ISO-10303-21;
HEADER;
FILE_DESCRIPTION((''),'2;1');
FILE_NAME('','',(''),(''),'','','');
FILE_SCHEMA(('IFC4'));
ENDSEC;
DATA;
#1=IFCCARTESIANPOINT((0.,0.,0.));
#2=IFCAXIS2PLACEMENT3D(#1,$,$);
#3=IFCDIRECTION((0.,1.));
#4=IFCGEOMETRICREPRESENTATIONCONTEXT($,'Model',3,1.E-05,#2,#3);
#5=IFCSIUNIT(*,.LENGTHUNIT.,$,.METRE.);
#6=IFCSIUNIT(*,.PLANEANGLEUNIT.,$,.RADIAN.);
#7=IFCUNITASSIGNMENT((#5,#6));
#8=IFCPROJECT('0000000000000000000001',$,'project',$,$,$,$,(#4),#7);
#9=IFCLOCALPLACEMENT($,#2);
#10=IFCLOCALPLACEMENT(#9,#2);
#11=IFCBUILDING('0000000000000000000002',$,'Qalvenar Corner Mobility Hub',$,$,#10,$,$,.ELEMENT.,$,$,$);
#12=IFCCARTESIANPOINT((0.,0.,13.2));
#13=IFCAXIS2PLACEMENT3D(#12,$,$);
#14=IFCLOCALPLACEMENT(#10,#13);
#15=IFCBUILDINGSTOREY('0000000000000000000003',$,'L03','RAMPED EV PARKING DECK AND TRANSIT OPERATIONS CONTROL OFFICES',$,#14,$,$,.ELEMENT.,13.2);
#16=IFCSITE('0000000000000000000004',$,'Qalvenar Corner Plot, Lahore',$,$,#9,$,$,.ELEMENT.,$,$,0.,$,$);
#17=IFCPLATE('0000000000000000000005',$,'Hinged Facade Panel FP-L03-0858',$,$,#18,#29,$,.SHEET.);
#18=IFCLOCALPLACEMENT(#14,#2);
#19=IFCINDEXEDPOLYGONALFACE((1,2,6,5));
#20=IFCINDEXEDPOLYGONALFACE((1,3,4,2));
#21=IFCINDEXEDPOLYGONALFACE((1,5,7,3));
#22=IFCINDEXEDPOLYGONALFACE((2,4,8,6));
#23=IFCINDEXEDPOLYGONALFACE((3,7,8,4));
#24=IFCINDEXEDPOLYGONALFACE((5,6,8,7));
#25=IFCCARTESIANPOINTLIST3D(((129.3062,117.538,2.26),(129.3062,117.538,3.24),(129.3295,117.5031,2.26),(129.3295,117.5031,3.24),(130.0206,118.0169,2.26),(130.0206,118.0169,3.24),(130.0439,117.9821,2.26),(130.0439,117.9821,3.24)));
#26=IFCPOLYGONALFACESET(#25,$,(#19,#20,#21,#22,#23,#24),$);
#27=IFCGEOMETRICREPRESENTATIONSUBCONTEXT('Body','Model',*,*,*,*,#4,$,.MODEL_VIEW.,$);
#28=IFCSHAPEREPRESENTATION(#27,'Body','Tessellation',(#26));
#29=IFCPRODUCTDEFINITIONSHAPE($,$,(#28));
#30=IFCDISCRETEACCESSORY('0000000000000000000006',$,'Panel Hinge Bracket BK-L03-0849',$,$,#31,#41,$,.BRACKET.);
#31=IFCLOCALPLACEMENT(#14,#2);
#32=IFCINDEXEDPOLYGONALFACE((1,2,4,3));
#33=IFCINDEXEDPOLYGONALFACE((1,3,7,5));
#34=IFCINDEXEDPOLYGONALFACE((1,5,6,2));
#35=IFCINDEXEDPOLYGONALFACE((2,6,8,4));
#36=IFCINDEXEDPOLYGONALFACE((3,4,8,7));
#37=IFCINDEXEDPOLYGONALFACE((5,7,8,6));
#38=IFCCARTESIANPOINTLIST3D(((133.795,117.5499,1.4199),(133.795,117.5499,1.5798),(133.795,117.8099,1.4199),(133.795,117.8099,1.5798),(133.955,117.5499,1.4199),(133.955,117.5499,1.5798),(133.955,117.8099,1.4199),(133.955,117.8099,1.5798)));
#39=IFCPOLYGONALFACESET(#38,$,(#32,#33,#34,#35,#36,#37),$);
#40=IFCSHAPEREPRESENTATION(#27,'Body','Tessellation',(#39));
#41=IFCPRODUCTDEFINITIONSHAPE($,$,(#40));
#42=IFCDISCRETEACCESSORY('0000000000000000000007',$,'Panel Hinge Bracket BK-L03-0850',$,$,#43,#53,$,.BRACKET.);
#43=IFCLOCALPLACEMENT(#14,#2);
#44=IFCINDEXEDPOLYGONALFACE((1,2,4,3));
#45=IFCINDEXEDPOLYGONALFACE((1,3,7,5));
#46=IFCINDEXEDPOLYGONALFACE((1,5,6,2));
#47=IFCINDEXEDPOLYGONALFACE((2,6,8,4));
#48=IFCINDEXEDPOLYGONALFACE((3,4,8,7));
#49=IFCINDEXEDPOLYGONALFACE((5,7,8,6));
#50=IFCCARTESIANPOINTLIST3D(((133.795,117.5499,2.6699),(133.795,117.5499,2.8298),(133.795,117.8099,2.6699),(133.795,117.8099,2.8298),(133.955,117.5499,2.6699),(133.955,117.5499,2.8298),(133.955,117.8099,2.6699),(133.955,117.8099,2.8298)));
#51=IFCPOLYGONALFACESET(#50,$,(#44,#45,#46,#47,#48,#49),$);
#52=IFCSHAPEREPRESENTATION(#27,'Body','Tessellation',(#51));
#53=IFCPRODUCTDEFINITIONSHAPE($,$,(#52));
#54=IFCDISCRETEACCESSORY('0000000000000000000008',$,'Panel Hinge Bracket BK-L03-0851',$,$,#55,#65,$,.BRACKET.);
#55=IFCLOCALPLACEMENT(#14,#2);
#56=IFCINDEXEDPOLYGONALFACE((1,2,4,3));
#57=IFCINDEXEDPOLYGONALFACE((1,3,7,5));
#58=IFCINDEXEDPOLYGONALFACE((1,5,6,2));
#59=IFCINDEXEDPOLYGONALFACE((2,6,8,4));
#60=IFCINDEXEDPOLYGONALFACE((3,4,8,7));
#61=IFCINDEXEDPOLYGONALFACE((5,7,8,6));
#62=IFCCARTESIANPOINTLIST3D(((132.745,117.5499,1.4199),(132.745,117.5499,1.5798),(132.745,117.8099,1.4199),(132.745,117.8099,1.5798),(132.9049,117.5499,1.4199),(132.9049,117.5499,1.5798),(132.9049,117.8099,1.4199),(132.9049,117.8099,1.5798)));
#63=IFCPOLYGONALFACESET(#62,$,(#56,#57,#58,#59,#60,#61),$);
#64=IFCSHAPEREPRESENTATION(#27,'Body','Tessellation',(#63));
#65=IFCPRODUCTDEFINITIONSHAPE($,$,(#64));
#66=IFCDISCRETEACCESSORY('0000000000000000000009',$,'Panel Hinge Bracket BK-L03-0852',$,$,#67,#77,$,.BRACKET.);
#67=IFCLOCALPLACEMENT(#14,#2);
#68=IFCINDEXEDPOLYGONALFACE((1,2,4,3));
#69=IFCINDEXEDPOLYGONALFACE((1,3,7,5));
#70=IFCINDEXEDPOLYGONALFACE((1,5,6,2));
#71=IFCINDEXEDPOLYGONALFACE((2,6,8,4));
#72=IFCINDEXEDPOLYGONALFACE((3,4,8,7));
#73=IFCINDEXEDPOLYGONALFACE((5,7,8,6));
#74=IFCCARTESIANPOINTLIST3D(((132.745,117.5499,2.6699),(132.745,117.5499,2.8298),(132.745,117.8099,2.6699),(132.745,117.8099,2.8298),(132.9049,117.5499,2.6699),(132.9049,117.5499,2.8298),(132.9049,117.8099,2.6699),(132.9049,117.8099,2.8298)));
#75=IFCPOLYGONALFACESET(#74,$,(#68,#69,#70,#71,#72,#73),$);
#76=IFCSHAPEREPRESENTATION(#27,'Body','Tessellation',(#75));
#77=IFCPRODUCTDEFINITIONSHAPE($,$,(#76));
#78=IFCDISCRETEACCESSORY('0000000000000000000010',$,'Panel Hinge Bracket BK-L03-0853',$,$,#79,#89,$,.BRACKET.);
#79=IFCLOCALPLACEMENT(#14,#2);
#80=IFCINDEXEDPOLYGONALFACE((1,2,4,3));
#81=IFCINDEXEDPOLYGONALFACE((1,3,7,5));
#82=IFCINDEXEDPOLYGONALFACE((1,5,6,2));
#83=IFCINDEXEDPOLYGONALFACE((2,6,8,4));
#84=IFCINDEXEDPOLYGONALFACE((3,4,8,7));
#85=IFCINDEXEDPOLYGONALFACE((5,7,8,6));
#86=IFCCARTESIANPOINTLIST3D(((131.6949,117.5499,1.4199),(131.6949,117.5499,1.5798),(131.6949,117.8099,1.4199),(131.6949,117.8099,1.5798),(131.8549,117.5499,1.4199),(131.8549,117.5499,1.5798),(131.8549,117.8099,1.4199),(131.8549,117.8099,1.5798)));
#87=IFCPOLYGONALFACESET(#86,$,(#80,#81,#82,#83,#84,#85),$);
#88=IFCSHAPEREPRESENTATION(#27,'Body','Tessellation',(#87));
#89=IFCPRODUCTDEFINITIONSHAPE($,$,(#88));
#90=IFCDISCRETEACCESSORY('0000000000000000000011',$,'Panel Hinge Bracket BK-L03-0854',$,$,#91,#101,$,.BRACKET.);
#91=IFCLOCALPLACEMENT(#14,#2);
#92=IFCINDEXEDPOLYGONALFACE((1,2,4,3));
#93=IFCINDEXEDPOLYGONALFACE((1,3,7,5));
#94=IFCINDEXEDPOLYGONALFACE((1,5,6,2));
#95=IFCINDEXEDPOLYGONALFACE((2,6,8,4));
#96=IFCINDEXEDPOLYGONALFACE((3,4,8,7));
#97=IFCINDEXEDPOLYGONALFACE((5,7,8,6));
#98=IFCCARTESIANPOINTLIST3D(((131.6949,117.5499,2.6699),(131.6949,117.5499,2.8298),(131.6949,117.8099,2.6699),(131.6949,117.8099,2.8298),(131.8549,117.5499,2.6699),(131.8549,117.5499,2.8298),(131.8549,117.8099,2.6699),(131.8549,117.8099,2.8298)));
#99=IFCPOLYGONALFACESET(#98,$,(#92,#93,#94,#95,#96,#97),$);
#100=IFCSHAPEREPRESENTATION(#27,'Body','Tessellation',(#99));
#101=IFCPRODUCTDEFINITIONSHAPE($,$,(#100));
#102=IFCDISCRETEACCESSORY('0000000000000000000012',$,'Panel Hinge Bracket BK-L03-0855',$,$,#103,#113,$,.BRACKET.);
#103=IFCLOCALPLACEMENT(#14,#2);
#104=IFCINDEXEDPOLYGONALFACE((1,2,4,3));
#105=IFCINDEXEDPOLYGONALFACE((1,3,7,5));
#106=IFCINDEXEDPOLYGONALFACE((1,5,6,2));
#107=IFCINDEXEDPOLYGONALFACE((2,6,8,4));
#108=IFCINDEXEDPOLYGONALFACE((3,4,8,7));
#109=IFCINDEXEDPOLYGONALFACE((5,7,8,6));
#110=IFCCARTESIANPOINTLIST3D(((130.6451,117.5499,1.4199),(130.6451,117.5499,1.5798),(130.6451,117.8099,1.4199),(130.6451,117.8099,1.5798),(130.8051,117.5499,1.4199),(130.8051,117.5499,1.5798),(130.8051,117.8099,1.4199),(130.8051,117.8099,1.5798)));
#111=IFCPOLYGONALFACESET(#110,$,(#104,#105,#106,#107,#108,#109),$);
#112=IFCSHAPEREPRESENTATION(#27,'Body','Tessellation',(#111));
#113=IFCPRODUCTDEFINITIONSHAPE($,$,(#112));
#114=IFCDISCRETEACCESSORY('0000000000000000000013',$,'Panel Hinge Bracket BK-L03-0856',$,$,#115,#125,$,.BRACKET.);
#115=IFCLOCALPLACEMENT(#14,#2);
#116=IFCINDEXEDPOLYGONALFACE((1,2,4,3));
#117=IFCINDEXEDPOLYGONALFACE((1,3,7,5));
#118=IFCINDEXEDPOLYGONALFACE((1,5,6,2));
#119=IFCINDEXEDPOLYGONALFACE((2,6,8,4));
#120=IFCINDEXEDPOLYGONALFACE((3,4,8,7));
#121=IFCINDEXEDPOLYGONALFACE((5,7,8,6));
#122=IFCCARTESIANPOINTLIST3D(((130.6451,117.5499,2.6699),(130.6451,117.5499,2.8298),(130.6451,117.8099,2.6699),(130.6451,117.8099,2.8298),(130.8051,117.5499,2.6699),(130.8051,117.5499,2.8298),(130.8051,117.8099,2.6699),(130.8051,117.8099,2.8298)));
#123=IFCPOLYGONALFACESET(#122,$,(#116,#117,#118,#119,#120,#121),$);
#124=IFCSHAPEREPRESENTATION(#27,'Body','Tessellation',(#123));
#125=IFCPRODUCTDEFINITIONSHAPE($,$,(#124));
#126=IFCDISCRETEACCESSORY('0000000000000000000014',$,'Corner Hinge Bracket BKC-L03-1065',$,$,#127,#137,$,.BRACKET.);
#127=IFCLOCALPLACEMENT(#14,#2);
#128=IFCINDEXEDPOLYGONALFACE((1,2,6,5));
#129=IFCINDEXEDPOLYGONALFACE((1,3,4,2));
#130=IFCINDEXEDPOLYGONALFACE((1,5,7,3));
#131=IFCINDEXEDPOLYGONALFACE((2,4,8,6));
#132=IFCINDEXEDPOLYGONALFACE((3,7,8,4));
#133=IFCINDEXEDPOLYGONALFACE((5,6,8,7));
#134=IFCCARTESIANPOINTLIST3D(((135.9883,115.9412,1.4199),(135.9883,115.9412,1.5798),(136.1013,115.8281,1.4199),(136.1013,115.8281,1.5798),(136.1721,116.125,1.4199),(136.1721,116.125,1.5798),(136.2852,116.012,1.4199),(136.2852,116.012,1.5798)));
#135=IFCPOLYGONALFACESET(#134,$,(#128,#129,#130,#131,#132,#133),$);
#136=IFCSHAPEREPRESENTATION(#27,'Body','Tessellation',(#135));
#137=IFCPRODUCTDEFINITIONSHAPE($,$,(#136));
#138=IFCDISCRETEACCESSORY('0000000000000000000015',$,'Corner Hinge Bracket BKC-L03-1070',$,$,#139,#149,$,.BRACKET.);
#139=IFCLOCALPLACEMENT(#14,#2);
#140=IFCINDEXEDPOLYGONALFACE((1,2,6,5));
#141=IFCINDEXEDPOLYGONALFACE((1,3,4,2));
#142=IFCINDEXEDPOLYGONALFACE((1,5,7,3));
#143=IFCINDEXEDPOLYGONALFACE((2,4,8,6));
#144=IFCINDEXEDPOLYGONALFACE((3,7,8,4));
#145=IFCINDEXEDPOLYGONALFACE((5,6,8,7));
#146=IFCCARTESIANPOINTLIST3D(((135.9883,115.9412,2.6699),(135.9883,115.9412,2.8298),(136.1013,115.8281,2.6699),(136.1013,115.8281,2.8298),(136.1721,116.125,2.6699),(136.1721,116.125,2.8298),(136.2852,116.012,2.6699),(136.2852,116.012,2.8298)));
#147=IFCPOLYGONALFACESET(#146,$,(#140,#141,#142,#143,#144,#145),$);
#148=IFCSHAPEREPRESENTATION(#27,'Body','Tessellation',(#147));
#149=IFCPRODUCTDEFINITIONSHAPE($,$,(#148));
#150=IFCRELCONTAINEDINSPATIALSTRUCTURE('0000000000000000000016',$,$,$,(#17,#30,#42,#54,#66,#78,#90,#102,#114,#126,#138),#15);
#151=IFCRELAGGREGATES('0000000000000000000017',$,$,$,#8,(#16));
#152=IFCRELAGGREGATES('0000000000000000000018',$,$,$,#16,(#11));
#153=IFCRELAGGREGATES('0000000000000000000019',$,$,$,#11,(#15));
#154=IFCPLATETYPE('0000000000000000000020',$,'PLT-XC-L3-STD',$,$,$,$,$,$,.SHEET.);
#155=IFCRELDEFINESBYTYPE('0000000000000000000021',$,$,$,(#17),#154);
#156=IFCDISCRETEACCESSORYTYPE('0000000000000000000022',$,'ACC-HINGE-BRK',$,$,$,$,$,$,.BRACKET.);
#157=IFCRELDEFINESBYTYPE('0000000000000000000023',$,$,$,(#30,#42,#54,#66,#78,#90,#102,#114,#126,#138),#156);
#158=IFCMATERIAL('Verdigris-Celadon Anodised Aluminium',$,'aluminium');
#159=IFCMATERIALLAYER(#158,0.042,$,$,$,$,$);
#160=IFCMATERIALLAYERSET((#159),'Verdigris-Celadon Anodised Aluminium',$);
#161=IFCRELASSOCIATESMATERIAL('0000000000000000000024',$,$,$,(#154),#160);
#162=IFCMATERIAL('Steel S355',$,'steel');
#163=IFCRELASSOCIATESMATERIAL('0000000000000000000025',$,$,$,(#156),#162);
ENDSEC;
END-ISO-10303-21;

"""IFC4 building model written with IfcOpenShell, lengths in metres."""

from ifc_helpers import new_model, si_unit, direction, frame, origin, origin_2d, place, context, subcontext, project, spatial, rectangle, extrude, material, layer, layer_set, type_object, element, save


model = new_model("IFC4")

# Units and contexts
model_context = context("Model", 3, precision=1e-05, world=origin(), true_north=direction((0.0, 1.0)))
body_context = subcontext(model_context, "Body", "Model", "MODEL_VIEW")
ifc_project = project(units=[si_unit("LENGTHUNIT", "METRE"), si_unit("PLANEANGLEUNIT", "RADIAN")], contexts=[model_context])

# Site, building, storey
site_placement = place(None, origin())
site = spatial("IfcSite", under=ifc_project, at=site_placement, Name="Qalvenar Corner Plot, Lahore", CompositionType="ELEMENT", RefElevation=0.0)
building_placement = place(site_placement, origin())
building = spatial("IfcBuilding", under=site, at=building_placement, Name="Qalvenar Corner Mobility Hub", CompositionType="ELEMENT")
storey_placement = place(building_placement, frame((0.0, 0.0, 13.2)))
storey = spatial("IfcBuildingStorey", under=building, at=storey_placement, Name="L03", Description="RAMPED EV PARKING DECK AND TRANSIT OPERATIONS CONTROL OFFICES", CompositionType="ELEMENT", Elevation=13.2)

# Shared definitions
ifc_material_1 = material(Name="Steel S355", Category="steel")

# Plate
ifc_material_2 = material(Name="Verdigris-Celadon Anodised Aluminium", Category="aluminium")
ifc_layer_1 = layer(ifc_material_2, 0.042)
ifc_layer_set_1 = layer_set([ifc_layer_1], Name="Verdigris-Celadon Anodised Aluminium")
plate_type_1 = type_object("IfcPlateType", Name="PLT-XC-L3-STD", PredefinedType="SHEET", material=ifc_layer_set_1)
for number, where, z_axis, x_axis, name in (
    (1, (129.675, 117.76, 2.26), (0.0, 0.0, 1.0), (-0.830596, -0.556876, 0.0), "Hinged Facade Panel FP-L03-0858"),
):
    element("IfcPlate", number, at=place(storey_placement, frame(where, z_axis=z_axis, x_axis=x_axis)), inside=storey, type_object=plate_type_1, Name=name, PredefinedType="SHEET", context=body_context, shape_type="SweptSolid", body=[
        extrude(rectangle(XDim=0.8601, YDim=0.042, at=origin_2d()), origin(), (0.0, 0.0, 1.0), 0.98),
    ])

# Discrete accessories
discrete_accessory_type = type_object("IfcDiscreteAccessoryType", Name="ACC-HINGE-BRK", PredefinedType="BRACKET", material=ifc_material_1)
for number, where, z_axis, x_axis, name in (
    (2, (133.875, 117.6799, 1.4199), (0.0, 0.0, 1.0), (-1.0, 0.0, 0.0), "Panel Hinge Bracket BK-L03-0849"),
    (3, (133.875, 117.6799, 2.6699), (0.0, 0.0, 1.0), (-1.0, 0.0, 0.0), "Panel Hinge Bracket BK-L03-0850"),
    (4, (132.825, 117.6799, 1.4199), (0.0, 0.0, 1.0), (-1.0, 0.0, 0.0), "Panel Hinge Bracket BK-L03-0851"),
    (5, (132.825, 117.6799, 2.6699), (0.0, 0.0, 1.0), (-1.0, 0.0, 0.0), "Panel Hinge Bracket BK-L03-0852"),
    (6, (131.7749, 117.6799, 1.4199), (0.0, 0.0, 1.0), (-1.0, 0.0, 0.0), "Panel Hinge Bracket BK-L03-0853"),
    (7, (131.7749, 117.6799, 2.6699), (0.0, 0.0, 1.0), (-1.0, 0.0, 0.0), "Panel Hinge Bracket BK-L03-0854"),
    (8, (130.7251, 117.6799, 1.4199), (0.0, 0.0, 1.0), (-1.0, 0.0, 0.0), "Panel Hinge Bracket BK-L03-0855"),
    (9, (130.7251, 117.6799, 2.6699), (0.0, 0.0, 1.0), (-1.0, 0.0, 0.0), "Panel Hinge Bracket BK-L03-0856"),
    (10, (136.1367, 115.9766, 1.4199), (0.0, 0.0, 1.0), (-0.707107, 0.707107, 0.0), "Corner Hinge Bracket BKC-L03-1065"),
    (11, (136.1367, 115.9766, 2.6699), (0.0, 0.0, 1.0), (-0.707107, 0.707107, 0.0), "Corner Hinge Bracket BKC-L03-1070"),
):
    element("IfcDiscreteAccessory", number, at=place(storey_placement, frame(where, z_axis=z_axis, x_axis=x_axis)), inside=storey, type_object=discrete_accessory_type, Name=name, PredefinedType="BRACKET", context=body_context, shape_type="SweptSolid", body=[
        extrude(rectangle(XDim=0.1599, YDim=0.26, at=origin_2d()), origin(), (0.0, 0.0, 1.0), 0.1599),
    ])

save(model, "model.ifc")
